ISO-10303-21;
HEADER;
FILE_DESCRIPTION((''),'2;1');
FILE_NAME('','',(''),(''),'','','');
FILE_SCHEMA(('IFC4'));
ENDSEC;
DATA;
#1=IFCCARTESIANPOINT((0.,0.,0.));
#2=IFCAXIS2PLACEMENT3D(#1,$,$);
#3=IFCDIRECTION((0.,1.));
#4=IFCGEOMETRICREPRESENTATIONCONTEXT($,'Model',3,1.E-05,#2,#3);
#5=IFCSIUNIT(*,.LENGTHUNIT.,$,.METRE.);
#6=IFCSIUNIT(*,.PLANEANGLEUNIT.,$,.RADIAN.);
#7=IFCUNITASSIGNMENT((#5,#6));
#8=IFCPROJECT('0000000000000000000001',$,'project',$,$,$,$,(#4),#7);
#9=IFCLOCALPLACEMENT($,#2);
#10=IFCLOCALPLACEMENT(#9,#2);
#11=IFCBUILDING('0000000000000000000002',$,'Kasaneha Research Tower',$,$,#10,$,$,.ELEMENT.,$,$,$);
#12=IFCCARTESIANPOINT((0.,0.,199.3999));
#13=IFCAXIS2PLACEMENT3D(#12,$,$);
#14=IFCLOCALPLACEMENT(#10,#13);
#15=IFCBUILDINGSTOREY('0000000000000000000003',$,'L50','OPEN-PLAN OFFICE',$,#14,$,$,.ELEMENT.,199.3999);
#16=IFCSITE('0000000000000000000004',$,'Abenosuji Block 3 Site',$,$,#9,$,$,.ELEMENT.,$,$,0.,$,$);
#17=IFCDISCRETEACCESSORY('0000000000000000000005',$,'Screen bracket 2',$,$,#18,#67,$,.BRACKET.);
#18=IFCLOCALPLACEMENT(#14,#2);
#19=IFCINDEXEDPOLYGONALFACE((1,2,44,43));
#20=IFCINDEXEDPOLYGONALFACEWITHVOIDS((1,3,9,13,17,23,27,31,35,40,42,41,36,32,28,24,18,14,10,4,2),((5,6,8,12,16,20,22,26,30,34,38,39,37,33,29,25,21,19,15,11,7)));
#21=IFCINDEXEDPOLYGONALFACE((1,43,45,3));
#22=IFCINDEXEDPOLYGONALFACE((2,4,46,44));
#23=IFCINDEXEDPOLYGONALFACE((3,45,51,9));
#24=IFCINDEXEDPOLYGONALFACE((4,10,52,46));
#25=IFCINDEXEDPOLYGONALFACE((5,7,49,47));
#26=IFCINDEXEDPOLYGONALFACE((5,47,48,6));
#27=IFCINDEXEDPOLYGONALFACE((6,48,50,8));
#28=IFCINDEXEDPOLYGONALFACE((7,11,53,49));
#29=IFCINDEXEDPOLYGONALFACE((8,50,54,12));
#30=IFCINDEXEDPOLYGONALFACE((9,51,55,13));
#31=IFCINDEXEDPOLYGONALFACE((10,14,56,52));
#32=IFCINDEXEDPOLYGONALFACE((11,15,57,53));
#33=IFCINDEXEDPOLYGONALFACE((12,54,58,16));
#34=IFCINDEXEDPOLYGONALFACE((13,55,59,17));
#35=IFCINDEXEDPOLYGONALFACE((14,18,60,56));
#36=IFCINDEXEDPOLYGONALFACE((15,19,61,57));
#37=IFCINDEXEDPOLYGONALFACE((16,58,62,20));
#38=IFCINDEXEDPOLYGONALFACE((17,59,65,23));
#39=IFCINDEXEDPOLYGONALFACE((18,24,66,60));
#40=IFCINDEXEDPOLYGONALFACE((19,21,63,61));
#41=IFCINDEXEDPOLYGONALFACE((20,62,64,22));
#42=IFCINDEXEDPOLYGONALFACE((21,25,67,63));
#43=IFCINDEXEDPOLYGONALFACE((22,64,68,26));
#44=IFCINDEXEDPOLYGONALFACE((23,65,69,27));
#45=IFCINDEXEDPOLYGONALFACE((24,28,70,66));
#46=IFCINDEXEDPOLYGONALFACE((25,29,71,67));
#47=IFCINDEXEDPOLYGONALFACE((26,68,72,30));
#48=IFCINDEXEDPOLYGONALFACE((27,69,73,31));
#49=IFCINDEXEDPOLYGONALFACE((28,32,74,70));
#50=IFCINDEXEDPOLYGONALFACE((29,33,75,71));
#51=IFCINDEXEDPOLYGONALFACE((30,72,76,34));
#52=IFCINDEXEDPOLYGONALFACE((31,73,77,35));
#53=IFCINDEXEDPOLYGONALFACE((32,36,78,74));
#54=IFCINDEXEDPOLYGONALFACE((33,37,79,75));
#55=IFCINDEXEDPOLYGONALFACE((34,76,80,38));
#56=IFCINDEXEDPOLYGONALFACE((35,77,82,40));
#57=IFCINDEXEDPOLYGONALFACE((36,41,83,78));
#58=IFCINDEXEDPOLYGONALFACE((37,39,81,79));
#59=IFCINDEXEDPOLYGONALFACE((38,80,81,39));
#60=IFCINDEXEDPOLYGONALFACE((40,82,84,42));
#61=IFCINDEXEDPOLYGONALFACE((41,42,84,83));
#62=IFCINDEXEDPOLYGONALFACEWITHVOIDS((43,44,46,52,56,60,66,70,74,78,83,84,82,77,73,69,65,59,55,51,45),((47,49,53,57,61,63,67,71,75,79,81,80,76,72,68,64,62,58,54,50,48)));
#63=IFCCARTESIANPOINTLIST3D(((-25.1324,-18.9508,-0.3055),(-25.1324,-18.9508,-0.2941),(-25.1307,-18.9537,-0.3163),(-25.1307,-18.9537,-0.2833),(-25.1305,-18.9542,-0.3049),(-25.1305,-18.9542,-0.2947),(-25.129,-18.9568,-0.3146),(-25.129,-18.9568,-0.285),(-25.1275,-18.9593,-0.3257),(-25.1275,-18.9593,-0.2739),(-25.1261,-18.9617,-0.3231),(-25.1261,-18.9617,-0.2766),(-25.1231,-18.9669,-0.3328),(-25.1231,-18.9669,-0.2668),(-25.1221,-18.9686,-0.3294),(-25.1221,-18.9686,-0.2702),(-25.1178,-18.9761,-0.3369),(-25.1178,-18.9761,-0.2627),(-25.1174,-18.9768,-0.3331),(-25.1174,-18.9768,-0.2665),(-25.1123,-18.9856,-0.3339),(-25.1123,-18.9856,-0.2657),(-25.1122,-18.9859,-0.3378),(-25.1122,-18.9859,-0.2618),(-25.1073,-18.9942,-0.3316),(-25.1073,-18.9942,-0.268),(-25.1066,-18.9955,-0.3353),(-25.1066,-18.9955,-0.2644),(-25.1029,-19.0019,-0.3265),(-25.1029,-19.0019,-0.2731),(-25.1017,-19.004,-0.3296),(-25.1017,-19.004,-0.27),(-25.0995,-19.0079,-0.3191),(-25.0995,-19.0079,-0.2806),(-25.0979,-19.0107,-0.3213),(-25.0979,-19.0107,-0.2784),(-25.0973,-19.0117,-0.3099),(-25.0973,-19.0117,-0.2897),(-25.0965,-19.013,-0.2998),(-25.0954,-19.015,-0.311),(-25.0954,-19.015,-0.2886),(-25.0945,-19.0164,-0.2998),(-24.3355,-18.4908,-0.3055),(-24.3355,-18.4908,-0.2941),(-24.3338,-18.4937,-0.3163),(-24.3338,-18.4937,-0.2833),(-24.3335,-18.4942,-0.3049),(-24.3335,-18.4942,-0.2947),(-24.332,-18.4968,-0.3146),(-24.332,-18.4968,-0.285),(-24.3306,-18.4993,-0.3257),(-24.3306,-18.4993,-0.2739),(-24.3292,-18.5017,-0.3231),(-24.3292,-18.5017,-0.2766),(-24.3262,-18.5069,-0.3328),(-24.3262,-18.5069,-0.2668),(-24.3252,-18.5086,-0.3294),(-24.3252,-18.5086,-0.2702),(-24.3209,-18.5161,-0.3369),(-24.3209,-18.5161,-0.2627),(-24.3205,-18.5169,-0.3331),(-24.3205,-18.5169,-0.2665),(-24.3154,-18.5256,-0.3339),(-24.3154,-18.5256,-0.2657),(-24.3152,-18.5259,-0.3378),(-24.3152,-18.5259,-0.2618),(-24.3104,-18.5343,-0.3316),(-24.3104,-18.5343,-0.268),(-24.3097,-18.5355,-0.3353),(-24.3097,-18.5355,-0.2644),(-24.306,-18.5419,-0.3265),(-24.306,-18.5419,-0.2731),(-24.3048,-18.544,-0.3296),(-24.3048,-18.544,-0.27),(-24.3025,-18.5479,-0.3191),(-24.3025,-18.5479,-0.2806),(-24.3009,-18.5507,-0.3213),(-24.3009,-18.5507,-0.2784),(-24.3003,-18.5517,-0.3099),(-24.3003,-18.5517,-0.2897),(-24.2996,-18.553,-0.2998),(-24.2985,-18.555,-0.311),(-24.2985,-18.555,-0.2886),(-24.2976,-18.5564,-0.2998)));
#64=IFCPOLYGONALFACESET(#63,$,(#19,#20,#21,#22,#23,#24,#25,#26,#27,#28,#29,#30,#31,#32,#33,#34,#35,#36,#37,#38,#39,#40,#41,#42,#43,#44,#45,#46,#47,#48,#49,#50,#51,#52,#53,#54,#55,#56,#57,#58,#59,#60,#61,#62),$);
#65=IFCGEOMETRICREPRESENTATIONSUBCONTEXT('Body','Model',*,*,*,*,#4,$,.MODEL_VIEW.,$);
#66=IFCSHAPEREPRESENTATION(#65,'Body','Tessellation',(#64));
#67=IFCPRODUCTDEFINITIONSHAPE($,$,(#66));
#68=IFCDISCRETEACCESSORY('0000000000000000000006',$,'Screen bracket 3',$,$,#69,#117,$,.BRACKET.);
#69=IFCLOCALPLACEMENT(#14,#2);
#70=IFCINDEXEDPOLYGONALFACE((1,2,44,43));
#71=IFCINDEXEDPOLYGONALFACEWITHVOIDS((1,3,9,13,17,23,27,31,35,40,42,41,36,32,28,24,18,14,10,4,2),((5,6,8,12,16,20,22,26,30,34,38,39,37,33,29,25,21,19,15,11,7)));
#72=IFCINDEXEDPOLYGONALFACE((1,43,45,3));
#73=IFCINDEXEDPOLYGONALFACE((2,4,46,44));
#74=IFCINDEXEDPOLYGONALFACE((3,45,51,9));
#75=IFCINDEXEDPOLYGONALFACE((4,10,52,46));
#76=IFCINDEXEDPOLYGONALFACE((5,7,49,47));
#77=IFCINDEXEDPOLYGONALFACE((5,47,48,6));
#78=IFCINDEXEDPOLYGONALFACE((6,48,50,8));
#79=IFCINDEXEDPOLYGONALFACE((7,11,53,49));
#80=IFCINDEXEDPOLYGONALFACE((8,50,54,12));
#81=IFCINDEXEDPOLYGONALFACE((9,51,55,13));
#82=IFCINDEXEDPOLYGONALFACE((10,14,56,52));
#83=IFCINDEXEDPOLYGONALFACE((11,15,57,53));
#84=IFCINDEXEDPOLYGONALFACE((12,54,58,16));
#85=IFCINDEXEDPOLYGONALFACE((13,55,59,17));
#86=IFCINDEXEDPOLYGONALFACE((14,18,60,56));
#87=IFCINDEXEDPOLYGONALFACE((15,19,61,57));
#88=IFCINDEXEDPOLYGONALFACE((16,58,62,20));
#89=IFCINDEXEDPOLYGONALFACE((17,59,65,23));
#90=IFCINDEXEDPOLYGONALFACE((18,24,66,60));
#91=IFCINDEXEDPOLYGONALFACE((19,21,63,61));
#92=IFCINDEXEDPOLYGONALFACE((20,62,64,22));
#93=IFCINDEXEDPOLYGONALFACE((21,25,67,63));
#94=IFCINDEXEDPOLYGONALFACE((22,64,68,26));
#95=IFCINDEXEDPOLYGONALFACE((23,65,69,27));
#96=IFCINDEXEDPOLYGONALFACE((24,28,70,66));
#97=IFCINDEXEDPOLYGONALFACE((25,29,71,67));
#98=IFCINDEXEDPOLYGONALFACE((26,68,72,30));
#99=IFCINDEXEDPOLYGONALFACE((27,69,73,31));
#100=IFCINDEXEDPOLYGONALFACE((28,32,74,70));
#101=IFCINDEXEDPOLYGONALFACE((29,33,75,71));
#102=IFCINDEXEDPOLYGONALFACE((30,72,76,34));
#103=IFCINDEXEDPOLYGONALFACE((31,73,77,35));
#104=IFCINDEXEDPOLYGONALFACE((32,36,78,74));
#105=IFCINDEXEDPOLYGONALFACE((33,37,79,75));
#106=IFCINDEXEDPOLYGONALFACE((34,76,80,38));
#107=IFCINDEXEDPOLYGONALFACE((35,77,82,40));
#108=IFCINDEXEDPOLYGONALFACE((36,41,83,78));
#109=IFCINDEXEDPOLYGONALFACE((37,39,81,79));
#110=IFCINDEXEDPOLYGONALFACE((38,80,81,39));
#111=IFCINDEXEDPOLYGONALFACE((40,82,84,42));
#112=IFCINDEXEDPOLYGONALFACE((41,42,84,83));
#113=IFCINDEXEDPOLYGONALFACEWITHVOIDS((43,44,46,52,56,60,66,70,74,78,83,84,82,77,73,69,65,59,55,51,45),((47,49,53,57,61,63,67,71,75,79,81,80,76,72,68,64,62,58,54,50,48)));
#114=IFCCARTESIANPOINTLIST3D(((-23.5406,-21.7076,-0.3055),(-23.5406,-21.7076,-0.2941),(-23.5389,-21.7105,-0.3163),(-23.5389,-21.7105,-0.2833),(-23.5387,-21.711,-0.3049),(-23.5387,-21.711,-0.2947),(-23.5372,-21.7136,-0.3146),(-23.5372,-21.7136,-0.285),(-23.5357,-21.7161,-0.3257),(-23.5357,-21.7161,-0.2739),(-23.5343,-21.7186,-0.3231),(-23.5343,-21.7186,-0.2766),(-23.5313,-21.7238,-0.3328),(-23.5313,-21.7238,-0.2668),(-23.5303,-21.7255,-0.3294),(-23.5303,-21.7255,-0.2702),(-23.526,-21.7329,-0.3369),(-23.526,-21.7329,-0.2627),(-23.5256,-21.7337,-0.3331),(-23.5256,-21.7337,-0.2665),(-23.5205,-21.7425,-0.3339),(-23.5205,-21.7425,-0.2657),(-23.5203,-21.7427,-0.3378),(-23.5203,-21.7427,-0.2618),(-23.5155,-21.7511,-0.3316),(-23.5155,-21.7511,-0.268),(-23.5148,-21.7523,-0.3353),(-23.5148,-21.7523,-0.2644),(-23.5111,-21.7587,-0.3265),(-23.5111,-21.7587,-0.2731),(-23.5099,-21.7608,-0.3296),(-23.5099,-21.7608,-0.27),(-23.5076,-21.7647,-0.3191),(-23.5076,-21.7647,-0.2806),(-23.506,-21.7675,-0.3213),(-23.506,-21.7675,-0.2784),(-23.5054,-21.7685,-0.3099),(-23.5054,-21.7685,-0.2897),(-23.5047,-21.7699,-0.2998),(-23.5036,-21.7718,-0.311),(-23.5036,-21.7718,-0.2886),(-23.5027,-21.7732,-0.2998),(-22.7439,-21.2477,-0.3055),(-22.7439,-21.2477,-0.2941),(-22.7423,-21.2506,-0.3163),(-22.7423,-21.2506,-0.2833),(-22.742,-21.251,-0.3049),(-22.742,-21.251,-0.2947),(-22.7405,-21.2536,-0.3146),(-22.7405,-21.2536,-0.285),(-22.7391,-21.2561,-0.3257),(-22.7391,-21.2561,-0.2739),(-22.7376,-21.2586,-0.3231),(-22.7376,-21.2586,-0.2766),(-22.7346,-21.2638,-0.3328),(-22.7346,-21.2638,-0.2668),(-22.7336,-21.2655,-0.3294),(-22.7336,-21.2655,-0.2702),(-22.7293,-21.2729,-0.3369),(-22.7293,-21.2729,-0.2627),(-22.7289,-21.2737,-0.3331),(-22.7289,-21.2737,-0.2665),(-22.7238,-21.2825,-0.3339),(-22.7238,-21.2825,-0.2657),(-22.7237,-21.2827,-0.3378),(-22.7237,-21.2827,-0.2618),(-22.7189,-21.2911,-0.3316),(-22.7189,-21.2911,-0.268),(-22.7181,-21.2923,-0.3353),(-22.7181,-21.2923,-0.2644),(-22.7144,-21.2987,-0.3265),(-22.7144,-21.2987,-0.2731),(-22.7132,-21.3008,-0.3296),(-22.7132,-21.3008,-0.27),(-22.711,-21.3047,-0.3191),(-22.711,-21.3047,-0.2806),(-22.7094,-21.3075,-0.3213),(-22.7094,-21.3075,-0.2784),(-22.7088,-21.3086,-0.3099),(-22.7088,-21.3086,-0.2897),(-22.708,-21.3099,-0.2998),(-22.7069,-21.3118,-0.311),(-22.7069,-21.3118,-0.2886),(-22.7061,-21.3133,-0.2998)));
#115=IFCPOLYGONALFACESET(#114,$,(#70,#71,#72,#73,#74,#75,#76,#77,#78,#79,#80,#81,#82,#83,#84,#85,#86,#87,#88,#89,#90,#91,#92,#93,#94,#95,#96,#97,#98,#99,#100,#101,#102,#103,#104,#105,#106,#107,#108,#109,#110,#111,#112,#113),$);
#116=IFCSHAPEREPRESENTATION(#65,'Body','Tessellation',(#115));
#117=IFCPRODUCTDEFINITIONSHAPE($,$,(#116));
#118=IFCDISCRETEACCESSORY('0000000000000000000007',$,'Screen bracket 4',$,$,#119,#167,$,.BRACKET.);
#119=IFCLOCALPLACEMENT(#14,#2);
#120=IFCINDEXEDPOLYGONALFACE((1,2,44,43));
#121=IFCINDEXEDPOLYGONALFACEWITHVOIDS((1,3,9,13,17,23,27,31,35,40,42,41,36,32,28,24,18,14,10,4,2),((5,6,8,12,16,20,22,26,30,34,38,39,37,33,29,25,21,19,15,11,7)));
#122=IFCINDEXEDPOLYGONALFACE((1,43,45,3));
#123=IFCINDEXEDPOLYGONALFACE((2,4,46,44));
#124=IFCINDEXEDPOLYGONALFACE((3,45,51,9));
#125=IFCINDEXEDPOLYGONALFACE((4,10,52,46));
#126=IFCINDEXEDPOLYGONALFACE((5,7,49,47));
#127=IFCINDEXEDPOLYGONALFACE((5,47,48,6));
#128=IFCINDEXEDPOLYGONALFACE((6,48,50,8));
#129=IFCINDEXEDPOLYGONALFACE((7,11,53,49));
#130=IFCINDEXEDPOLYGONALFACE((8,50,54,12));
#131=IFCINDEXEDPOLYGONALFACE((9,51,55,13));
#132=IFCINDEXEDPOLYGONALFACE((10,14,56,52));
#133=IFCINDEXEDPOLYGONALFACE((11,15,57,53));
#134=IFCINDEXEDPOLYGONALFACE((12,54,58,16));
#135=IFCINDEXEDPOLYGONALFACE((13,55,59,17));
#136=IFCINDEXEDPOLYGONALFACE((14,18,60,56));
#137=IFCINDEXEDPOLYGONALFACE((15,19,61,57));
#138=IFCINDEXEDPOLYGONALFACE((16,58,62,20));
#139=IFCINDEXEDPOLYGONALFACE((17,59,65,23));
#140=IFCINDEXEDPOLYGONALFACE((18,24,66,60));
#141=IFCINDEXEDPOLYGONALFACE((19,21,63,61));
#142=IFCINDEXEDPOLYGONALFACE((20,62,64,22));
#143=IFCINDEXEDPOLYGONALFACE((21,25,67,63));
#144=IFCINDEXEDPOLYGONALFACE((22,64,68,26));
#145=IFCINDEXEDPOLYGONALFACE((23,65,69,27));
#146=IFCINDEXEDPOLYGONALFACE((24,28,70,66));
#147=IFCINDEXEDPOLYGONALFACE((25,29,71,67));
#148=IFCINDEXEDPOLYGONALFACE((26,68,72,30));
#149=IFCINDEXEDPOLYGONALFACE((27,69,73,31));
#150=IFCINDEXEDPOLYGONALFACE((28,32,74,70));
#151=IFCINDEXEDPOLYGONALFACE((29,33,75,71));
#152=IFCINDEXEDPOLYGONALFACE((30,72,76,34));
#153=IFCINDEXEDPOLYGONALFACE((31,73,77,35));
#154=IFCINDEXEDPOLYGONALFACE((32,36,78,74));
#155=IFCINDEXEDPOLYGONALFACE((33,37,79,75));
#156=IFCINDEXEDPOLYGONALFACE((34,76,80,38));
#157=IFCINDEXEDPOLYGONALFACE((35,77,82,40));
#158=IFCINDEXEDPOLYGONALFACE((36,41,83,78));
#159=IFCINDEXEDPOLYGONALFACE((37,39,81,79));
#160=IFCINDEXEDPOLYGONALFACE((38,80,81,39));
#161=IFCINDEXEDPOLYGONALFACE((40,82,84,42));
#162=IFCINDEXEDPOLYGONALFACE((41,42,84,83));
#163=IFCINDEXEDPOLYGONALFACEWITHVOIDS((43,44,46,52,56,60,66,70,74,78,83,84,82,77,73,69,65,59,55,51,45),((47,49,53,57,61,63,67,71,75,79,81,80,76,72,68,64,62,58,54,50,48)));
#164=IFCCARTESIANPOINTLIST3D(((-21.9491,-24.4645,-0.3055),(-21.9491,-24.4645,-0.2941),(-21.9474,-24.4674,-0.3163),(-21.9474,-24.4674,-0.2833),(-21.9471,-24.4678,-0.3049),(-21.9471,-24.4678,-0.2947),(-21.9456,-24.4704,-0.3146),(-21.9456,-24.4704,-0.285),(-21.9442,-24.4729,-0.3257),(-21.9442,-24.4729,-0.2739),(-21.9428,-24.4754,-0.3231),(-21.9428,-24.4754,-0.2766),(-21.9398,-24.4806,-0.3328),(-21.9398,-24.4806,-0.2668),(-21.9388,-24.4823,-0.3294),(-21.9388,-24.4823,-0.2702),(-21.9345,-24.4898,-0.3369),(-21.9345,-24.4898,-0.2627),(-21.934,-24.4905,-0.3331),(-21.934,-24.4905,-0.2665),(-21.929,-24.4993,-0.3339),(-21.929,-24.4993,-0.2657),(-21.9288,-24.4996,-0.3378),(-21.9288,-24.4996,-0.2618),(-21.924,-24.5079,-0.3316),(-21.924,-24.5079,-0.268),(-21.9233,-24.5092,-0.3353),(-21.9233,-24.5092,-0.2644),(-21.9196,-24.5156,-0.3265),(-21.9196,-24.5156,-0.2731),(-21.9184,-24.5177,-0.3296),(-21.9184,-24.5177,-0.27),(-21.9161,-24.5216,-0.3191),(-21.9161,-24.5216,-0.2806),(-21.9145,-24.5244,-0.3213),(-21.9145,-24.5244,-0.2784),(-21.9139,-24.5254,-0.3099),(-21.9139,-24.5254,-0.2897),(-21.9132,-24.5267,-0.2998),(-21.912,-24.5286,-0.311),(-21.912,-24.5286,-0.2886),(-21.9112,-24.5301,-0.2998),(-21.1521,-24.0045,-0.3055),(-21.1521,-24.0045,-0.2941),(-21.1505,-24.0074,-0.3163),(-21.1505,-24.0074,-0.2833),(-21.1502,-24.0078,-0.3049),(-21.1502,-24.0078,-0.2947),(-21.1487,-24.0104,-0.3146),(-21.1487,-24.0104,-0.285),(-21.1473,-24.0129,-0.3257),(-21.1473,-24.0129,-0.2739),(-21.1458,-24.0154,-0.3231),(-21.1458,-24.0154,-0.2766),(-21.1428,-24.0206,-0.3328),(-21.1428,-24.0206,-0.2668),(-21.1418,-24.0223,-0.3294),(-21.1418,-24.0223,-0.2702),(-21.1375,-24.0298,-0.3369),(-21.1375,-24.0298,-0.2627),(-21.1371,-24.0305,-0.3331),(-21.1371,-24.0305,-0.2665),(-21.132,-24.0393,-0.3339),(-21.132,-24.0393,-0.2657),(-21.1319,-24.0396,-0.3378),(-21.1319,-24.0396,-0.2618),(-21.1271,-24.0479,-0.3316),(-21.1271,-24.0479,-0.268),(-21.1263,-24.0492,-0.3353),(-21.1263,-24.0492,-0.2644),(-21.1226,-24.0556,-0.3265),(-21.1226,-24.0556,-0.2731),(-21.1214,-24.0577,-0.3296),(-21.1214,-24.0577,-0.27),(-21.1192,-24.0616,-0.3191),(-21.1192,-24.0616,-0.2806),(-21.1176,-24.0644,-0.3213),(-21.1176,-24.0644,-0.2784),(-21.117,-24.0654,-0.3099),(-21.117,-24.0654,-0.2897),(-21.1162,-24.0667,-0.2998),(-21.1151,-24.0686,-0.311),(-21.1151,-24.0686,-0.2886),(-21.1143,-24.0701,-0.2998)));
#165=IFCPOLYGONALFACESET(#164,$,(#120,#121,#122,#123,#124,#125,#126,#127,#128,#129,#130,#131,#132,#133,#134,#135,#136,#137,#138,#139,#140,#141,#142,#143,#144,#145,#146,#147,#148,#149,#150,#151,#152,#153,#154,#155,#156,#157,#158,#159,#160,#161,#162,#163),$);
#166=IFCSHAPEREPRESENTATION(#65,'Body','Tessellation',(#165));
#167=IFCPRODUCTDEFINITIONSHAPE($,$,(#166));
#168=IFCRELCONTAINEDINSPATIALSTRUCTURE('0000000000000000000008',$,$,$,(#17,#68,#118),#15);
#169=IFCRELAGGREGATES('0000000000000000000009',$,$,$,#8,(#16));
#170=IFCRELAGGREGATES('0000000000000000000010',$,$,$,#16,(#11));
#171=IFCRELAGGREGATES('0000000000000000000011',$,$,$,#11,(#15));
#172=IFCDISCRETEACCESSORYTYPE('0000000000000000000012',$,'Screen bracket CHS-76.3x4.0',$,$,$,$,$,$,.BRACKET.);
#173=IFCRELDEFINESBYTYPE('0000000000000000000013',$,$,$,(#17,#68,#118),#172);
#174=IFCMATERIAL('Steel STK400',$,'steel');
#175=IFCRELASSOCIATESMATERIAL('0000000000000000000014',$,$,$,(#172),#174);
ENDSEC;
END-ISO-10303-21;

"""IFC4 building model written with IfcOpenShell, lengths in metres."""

from ifc_helpers import new_model, si_unit, direction, frame, origin, origin_2d, place, context, subcontext, project, spatial, hollow_circle, extrude, material, material_profile, profile_set, type_object, element, save


model = new_model("IFC4")

# Units and contexts
model_context = context("Model", 3, precision=1e-05, world=origin(), true_north=direction((0.0, 1.0)))
body_context = subcontext(model_context, "Body", "Model", "MODEL_VIEW")
ifc_project = project(units=[si_unit("LENGTHUNIT", "METRE"), si_unit("PLANEANGLEUNIT", "RADIAN")], contexts=[model_context])

# Site, building, storey
site_placement = place(None, origin())
site = spatial("IfcSite", under=ifc_project, at=site_placement, Name="Abenosuji Block 3 Site", CompositionType="ELEMENT", RefElevation=0.0)
building_placement = place(site_placement, origin())
building = spatial("IfcBuilding", under=site, at=building_placement, Name="Kasaneha Research Tower", CompositionType="ELEMENT")
storey_placement = place(building_placement, frame((0.0, 0.0, 199.3999)))
storey = spatial("IfcBuildingStorey", under=building, at=storey_placement, Name="L50", Description="OPEN-PLAN OFFICE", CompositionType="ELEMENT", Elevation=199.3999)

# Discrete accessories
ifc_material_1 = material(Name="Steel STK400", Category="steel")
ifc_material_profile_1 = material_profile(ifc_material_1, hollow_circle(Radius=0.0381, WallThickness=0.0039, at=origin_2d()), Name="CHS-76.3x4.0")
ifc_profile_set_1 = profile_set([ifc_material_profile_1], Name="Steel STK400")
discrete_accessory_type = type_object("IfcDiscreteAccessoryType", Name="Screen bracket CHS-76.3x4.0", PredefinedType="BRACKET", material=ifc_profile_set_1)
discrete_accessory_1_placement = place(storey_placement, frame((-24.3167, -18.5234, -0.2998), z_axis=(-0.86608, -0.499906, 0.0), x_axis=(0.499906, -0.86608, 0.0)))
element("IfcDiscreteAccessory", 1, at=discrete_accessory_1_placement, inside=storey, type_object=discrete_accessory_type, Name="Screen bracket 2", PredefinedType="BRACKET", context=body_context, shape_type="SweptSolid", body=[
    extrude(hollow_circle(Radius=0.0381, WallThickness=0.0039, at=origin_2d()), origin(), (0.0, 0.0, 1.0), 0.9202),
])
discrete_accessory_2_placement = place(storey_placement, frame((-22.7251, -21.2803, -0.2998), z_axis=(-0.866013, -0.500021, 0.0), x_axis=(0.500021, -0.866013, 0.0)))
element("IfcDiscreteAccessory", 2, at=discrete_accessory_2_placement, inside=storey, type_object=discrete_accessory_type, Name="Screen bracket 3", PredefinedType="BRACKET", context=body_context, shape_type="SweptSolid", body=[
    extrude(hollow_circle(Radius=0.0381, WallThickness=0.0039, at=origin_2d()), origin(), (0.0, 0.0, 1.0), 0.9199),
])
discrete_accessory_3_placement = place(storey_placement, frame((-21.1333, -24.0371, -0.2998), z_axis=(-0.86608, -0.499906, 0.0), x_axis=(0.499906, -0.86608, 0.0)))
element("IfcDiscreteAccessory", 3, at=discrete_accessory_3_placement, inside=storey, type_object=discrete_accessory_type, Name="Screen bracket 4", PredefinedType="BRACKET", context=body_context, shape_type="SweptSolid", body=[
    extrude(hollow_circle(Radius=0.0381, WallThickness=0.0039, at=origin_2d()), origin(), (0.0, 0.0, 1.0), 0.9202),
])

save(model, "model.ifc")
